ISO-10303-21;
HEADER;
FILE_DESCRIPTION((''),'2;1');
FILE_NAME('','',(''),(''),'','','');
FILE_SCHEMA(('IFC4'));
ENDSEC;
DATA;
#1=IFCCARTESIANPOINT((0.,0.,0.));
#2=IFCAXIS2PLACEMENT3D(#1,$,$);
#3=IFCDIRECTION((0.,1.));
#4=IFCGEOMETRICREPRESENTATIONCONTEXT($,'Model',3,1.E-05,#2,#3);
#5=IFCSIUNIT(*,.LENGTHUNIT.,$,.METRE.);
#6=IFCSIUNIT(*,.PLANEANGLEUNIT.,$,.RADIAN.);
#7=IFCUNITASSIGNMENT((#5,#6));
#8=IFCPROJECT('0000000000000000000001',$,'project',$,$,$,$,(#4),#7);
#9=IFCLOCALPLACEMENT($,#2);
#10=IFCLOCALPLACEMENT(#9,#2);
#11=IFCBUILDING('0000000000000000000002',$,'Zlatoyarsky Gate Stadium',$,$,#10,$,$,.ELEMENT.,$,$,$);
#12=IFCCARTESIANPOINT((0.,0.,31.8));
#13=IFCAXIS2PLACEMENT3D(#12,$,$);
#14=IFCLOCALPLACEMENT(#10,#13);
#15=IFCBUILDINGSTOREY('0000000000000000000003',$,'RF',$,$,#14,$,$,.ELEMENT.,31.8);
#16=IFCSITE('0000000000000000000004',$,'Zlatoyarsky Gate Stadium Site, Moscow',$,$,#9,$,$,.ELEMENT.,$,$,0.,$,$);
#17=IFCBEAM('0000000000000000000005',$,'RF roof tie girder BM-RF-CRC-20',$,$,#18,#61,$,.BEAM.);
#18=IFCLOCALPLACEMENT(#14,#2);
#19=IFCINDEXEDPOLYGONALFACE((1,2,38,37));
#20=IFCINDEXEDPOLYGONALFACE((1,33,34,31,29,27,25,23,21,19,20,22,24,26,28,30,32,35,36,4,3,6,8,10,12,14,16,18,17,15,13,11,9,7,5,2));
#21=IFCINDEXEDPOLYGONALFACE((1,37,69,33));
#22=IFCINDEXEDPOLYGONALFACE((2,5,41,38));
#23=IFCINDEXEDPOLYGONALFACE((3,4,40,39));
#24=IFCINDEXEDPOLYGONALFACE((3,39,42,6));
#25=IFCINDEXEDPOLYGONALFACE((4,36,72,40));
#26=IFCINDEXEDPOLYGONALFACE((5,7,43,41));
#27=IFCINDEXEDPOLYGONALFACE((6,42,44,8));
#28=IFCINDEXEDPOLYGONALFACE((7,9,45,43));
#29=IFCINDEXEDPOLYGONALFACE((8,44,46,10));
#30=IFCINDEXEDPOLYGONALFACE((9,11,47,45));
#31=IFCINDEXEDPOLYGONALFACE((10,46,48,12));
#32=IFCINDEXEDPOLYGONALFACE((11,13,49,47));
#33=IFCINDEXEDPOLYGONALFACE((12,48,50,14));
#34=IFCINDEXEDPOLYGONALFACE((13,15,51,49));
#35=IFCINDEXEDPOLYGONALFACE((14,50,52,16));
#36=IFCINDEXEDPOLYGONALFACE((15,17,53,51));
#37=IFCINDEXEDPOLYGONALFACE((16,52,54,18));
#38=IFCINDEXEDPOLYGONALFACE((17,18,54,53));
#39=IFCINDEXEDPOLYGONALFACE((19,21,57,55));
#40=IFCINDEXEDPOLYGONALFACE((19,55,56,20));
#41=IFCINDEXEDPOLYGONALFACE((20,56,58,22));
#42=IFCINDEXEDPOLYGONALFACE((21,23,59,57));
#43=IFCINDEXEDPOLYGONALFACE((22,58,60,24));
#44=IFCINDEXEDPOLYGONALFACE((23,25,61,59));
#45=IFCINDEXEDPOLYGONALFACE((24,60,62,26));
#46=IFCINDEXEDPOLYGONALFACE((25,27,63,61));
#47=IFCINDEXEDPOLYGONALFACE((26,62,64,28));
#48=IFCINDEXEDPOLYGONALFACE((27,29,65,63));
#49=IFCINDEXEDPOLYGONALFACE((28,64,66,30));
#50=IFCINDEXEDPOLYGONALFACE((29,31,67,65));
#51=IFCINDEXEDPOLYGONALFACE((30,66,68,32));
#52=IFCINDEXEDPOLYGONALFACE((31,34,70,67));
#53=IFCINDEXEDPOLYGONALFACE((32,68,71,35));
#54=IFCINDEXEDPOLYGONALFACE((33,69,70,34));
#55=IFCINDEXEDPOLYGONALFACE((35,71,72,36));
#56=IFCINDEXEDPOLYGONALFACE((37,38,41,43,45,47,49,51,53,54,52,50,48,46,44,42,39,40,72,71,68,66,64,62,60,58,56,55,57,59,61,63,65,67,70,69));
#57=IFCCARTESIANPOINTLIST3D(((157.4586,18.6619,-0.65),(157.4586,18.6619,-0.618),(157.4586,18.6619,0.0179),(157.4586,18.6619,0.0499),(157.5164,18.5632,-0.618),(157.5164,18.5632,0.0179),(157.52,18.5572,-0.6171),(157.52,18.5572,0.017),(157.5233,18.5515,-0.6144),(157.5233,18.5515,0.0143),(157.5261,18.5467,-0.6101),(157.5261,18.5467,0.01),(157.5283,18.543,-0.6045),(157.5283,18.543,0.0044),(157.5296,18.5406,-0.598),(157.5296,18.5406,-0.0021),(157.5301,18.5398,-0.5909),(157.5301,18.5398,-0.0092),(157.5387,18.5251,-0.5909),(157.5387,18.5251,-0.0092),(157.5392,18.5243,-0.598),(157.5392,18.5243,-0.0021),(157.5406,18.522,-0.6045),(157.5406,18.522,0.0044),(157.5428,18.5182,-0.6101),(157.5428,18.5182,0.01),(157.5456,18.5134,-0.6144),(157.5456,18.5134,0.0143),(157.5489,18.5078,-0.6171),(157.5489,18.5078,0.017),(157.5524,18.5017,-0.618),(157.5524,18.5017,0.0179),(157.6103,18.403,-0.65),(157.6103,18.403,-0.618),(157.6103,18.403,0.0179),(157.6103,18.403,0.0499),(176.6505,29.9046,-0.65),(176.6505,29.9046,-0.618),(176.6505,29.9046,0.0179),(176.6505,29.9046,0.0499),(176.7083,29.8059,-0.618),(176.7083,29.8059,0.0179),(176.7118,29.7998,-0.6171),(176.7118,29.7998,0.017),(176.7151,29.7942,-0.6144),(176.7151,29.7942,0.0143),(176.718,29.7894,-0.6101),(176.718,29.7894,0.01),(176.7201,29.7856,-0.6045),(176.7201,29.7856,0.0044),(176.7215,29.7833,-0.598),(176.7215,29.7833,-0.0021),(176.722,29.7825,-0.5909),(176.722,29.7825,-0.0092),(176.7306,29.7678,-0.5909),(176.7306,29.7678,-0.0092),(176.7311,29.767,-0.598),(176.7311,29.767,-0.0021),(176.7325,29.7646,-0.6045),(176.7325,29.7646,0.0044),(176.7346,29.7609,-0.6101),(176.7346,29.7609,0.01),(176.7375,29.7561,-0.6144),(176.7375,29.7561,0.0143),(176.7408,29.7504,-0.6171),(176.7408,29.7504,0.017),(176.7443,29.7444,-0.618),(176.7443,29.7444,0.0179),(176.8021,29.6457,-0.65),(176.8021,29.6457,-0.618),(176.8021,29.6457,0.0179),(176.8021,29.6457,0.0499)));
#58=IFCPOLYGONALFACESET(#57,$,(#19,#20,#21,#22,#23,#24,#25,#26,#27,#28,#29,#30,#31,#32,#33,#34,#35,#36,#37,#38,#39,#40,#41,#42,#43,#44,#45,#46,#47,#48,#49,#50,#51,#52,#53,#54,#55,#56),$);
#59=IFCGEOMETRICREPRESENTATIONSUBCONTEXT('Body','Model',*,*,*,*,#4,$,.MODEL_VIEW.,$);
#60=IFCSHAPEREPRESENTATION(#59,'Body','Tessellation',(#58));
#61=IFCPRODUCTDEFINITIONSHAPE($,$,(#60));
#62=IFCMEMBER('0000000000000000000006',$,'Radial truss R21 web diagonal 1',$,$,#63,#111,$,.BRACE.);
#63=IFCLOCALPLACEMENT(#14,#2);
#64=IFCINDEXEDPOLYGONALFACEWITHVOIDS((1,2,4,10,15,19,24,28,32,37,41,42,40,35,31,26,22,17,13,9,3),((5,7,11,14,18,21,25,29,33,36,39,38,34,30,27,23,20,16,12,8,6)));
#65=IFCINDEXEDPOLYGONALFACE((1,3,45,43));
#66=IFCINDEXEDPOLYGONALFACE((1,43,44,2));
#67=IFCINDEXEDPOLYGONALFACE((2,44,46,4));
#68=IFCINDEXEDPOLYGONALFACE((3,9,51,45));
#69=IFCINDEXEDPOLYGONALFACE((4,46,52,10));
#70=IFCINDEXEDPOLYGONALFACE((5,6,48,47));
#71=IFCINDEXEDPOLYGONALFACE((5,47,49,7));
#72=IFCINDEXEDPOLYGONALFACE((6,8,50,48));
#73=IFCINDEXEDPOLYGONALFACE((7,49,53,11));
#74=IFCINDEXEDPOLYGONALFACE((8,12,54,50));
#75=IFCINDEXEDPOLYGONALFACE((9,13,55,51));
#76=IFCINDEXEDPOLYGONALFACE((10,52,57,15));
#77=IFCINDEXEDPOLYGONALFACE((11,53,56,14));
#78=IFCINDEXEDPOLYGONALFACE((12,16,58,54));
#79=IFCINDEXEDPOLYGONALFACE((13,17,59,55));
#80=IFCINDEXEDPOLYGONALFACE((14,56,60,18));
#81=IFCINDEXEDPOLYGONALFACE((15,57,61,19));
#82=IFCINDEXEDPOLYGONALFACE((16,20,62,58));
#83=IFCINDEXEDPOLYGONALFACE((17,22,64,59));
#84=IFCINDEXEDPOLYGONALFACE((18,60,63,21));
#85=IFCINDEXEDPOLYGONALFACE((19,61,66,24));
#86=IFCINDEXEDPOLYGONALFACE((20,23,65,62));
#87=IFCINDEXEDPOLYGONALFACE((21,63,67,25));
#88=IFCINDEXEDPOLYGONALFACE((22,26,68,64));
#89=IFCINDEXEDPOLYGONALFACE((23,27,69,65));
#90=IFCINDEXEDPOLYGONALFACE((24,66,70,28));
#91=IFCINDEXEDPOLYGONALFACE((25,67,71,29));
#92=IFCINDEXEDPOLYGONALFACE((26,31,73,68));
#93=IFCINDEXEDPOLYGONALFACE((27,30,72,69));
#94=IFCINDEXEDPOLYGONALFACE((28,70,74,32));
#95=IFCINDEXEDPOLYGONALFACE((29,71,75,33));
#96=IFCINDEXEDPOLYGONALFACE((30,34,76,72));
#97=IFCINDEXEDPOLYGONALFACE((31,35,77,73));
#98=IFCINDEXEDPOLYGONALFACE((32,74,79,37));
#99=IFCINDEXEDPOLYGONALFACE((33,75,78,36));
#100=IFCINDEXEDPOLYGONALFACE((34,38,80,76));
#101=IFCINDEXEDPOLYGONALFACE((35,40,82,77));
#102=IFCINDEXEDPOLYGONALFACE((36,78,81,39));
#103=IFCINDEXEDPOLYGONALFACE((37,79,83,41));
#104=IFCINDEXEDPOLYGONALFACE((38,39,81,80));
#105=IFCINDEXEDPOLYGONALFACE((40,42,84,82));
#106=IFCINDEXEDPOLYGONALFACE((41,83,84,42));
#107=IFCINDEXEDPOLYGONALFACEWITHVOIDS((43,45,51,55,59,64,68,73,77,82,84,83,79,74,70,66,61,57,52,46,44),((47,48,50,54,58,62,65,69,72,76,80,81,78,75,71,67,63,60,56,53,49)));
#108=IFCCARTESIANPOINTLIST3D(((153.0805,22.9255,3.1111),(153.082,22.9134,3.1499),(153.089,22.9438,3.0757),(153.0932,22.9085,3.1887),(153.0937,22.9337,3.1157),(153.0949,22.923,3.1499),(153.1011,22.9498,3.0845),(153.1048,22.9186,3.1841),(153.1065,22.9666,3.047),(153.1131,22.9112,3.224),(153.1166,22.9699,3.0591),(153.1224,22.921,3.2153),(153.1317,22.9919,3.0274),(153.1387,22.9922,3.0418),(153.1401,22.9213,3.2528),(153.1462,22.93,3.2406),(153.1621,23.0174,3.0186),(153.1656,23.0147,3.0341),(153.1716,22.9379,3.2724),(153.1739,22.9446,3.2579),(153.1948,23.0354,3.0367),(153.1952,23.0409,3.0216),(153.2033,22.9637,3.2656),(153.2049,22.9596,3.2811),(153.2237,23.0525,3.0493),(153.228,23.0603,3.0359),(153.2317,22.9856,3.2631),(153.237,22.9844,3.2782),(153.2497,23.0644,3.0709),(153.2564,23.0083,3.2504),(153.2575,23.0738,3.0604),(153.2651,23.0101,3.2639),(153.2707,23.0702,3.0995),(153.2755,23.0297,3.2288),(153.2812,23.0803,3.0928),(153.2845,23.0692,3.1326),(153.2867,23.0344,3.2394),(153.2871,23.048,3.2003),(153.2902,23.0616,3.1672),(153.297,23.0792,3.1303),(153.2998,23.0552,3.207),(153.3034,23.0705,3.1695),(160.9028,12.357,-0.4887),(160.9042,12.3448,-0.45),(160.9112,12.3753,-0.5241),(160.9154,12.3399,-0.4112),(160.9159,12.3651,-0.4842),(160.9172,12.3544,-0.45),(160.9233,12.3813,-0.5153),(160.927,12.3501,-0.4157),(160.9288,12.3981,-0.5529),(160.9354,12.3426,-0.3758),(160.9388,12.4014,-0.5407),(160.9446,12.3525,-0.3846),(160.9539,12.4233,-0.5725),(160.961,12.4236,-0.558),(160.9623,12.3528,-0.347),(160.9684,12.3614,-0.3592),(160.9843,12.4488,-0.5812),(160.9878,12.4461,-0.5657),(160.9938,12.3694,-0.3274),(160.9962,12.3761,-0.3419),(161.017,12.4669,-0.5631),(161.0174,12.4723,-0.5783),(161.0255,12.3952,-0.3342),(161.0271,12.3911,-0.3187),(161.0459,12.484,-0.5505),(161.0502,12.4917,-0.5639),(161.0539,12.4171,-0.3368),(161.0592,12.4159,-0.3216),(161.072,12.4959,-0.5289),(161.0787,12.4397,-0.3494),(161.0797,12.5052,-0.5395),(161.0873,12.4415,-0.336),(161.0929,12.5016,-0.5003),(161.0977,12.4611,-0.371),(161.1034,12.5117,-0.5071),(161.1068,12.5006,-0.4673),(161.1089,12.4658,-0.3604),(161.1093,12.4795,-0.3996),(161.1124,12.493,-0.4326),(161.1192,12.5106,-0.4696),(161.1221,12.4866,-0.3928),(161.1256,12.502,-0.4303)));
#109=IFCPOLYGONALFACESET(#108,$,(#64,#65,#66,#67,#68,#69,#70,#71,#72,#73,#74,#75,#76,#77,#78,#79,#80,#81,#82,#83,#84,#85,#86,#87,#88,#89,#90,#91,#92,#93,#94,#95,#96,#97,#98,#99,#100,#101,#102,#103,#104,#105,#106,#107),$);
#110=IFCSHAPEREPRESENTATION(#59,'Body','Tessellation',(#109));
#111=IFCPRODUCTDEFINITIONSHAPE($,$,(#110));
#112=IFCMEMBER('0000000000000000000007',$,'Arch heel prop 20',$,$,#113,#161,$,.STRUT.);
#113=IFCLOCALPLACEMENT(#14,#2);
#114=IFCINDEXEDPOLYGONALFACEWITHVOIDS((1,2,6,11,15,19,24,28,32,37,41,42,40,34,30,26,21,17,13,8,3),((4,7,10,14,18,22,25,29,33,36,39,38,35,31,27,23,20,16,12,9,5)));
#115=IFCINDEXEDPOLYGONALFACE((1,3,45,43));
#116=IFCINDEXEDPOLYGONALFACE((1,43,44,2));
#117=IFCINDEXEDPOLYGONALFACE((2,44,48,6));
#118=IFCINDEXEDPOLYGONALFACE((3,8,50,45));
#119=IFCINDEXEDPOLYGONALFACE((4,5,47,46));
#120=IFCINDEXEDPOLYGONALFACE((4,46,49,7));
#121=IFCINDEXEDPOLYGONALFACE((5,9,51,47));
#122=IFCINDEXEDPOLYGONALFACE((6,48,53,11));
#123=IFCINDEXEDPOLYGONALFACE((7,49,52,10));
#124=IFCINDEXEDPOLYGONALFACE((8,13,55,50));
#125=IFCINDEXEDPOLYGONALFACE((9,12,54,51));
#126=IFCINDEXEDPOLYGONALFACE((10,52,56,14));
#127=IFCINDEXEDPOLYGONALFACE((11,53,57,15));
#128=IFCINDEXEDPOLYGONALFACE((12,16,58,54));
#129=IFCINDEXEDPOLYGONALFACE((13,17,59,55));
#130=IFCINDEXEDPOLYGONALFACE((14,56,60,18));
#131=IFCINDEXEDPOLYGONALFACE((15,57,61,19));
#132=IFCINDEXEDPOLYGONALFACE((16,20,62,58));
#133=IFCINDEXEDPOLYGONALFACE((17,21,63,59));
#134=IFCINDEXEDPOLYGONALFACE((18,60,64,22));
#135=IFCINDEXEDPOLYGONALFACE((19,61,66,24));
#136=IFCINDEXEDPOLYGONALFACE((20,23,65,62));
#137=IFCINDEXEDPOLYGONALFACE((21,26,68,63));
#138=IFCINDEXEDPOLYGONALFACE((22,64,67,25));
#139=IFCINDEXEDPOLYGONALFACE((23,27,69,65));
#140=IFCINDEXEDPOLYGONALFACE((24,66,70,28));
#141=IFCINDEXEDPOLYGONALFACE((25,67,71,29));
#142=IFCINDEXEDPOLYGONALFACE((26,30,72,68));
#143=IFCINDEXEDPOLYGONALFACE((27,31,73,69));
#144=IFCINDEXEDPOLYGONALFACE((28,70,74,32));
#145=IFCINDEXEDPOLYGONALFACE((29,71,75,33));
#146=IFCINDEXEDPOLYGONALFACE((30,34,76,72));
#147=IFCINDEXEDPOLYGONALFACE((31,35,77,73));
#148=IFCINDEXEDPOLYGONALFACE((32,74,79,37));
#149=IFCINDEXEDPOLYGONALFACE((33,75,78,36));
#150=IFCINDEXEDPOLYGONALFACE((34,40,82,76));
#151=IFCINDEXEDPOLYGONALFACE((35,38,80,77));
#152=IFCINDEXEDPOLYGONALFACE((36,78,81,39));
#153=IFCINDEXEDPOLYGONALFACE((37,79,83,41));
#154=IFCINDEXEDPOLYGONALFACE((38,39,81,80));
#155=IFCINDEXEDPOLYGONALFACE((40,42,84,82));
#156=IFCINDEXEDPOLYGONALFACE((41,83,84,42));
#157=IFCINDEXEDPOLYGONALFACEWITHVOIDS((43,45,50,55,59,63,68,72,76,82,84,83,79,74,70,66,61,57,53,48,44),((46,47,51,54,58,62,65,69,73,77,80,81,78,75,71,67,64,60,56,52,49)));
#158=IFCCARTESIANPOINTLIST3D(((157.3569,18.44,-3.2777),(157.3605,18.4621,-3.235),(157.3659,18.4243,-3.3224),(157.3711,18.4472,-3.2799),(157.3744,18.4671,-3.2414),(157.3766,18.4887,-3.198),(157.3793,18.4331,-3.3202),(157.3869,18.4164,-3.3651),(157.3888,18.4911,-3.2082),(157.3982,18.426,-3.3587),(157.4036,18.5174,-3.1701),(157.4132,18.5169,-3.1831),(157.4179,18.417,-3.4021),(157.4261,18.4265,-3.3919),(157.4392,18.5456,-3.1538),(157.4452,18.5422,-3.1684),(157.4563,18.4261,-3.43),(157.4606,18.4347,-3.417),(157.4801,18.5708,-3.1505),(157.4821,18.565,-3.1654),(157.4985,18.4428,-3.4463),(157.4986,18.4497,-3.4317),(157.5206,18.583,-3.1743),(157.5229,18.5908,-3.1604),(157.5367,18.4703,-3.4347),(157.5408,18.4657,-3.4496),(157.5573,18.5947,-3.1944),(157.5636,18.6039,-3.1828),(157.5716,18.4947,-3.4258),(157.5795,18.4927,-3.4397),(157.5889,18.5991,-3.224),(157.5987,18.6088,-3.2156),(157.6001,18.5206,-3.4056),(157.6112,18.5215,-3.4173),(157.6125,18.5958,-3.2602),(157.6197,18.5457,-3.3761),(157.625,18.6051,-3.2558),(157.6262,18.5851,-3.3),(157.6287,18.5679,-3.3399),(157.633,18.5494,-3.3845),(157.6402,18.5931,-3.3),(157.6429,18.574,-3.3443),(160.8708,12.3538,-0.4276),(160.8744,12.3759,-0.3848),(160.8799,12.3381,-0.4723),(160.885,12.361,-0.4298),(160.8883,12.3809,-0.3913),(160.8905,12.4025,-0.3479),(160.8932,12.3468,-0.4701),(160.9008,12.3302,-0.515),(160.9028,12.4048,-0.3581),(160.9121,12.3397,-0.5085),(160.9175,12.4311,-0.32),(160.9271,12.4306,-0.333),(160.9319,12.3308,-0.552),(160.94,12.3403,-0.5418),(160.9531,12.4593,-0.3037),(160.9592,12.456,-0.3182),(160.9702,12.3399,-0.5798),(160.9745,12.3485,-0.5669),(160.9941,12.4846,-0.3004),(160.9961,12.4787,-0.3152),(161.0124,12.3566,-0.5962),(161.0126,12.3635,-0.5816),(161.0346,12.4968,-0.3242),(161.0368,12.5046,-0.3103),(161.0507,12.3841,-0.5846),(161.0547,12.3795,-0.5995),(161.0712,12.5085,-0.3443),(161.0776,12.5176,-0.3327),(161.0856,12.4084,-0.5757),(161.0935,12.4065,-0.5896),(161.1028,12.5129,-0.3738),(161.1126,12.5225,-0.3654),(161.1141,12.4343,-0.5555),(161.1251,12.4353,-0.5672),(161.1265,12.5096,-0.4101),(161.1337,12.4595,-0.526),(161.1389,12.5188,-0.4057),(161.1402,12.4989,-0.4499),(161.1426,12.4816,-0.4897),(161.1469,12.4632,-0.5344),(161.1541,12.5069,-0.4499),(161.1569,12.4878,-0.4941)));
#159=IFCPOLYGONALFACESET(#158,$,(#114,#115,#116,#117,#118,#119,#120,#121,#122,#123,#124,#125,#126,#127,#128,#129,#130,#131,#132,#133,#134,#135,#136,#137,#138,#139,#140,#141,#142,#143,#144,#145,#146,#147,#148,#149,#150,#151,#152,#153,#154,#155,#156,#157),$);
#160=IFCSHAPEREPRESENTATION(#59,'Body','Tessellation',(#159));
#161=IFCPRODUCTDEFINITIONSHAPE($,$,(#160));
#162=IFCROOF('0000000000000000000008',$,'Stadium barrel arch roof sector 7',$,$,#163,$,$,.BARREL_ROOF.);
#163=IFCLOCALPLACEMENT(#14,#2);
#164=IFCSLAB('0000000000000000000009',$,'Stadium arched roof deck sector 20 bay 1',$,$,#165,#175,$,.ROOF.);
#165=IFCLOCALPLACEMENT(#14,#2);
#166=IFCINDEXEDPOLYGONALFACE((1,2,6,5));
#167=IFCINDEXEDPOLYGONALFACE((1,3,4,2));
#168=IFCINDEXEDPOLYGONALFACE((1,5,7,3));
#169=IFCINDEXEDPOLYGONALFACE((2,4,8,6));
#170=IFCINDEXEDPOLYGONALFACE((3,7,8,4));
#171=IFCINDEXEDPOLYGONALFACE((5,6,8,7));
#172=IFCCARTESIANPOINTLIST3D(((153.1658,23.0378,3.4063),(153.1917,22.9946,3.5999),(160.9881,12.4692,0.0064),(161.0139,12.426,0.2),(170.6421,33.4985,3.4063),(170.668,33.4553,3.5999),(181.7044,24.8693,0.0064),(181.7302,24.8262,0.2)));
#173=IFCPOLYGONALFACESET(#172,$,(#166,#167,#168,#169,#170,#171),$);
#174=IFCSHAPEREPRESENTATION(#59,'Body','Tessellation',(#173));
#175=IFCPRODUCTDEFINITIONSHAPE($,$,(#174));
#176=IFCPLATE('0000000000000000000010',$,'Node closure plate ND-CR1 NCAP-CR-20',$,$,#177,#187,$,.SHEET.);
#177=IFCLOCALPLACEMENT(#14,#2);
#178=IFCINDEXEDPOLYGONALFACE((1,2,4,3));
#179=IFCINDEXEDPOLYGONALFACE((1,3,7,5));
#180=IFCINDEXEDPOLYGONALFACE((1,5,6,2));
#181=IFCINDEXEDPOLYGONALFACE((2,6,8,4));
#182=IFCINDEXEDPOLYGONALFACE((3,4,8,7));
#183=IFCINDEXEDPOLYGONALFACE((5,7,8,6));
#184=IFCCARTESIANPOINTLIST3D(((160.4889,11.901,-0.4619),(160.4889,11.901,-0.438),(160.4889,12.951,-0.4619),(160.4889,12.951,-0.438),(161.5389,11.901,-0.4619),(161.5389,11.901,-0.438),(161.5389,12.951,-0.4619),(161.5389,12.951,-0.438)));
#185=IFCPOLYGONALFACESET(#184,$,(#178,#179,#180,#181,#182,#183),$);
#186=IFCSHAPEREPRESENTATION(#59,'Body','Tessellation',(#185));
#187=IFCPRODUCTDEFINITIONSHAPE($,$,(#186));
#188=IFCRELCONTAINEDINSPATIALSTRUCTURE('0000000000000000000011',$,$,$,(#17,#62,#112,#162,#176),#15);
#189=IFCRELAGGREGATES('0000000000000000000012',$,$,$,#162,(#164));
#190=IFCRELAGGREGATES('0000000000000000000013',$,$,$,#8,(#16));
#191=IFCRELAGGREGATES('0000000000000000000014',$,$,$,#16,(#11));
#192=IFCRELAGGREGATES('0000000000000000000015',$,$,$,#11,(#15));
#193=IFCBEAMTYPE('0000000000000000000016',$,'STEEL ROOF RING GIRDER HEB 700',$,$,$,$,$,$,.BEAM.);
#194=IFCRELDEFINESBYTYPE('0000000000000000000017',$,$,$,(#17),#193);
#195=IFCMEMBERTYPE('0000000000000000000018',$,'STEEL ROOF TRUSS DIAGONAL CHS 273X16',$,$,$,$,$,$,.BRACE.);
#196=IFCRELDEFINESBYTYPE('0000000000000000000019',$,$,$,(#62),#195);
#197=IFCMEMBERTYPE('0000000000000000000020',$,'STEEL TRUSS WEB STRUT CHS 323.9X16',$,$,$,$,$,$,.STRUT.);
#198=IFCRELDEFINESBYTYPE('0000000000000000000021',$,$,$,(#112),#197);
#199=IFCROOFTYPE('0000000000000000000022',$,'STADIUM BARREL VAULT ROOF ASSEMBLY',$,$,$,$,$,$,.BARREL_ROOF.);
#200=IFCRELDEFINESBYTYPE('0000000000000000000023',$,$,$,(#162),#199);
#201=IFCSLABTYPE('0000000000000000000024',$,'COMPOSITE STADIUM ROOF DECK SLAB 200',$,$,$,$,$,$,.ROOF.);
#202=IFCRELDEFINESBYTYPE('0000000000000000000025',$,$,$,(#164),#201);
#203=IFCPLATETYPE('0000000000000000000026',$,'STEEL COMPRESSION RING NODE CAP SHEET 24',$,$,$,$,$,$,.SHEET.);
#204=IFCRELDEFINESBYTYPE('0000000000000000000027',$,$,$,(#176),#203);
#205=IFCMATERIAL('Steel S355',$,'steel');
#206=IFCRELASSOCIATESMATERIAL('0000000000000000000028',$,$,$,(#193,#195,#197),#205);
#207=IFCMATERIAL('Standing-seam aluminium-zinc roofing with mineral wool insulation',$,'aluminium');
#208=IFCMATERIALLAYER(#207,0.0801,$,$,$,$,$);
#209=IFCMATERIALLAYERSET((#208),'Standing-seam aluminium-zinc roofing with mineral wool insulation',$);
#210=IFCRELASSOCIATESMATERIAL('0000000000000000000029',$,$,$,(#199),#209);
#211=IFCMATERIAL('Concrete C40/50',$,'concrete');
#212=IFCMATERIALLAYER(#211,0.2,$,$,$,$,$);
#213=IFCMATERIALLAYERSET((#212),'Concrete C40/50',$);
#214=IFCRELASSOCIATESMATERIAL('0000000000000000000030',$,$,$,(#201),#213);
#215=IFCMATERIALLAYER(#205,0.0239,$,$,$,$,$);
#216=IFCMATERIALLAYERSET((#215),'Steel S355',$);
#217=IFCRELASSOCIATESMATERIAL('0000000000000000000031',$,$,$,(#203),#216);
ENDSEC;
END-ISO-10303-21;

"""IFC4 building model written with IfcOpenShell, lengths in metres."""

from ifc_helpers import new_model, si_unit, direction, frame, origin, origin_2d, place, context, subcontext, project, spatial, polyline, rectangle, hollow_circle, i_section, outline, extrude, material, layer, layer_set, material_profile, profile_set, type_object, element, aggregate, save


model = new_model("IFC4")

# Units and contexts
model_context = context("Model", 3, precision=1e-05, world=origin(), true_north=direction((0.0, 1.0)))
body_context = subcontext(model_context, "Body", "Model", "MODEL_VIEW")
ifc_project = project(units=[si_unit("LENGTHUNIT", "METRE"), si_unit("PLANEANGLEUNIT", "RADIAN")], contexts=[model_context])

# Site, building, storey
site_placement = place(None, origin())
site = spatial("IfcSite", under=ifc_project, at=site_placement, Name="Zlatoyarsky Gate Stadium Site, Moscow", CompositionType="ELEMENT", RefElevation=0.0)
building_placement = place(site_placement, origin())
building = spatial("IfcBuilding", under=site, at=building_placement, Name="Zlatoyarsky Gate Stadium", CompositionType="ELEMENT")
storey_placement = place(building_placement, frame((0.0, 0.0, 31.8)))
storey = spatial("IfcBuildingStorey", under=building, at=storey_placement, Name="RF", CompositionType="ELEMENT", Elevation=31.8)

# Shared definitions
ifc_material_1 = material(Name="Steel S355", Category="steel")

# Beam
ifc_material_profile_1 = material_profile(ifc_material_1, i_section(OverallWidth=0.3, OverallDepth=0.7, WebThickness=0.0171, FlangeThickness=0.032, FilletRadius=0.0271, at=origin_2d()), Name="HEB 700")
ifc_profile_set_1 = profile_set([ifc_material_profile_1], Name="Steel S355")
beam_type_1 = type_object("IfcBeamType", Name="STEEL ROOF RING GIRDER HEB 700", PredefinedType="BEAM", material=ifc_profile_set_1)
beam_1_placement = place(storey_placement, frame((157.5344, 18.5325, -0.3), z_axis=(0.86285, 0.50546, 0.0), x_axis=(-0.50546, 0.86285, 0.0)))
element("IfcBeam", 1, at=beam_1_placement, inside=storey, type_object=beam_type_1, Name="RF roof tie girder BM-RF-CRC-20", PredefinedType="BEAM", context=body_context, shape_type="SweptSolid", body=[
    extrude(i_section(OverallWidth=0.3, OverallDepth=0.7, WebThickness=0.0171, FlangeThickness=0.032, FilletRadius=0.0271, at=origin_2d()), origin(), (0.0, 0.0, 1.0), 22.2424),
])

# Members
ifc_material_profile_2 = material_profile(ifc_material_1, hollow_circle(Radius=0.1365, WallThickness=0.0161, at=origin_2d()), Name="CHS 273X16")
ifc_profile_set_2 = profile_set([ifc_material_profile_2], Name="Steel S355")
member_type_1 = type_object("IfcMemberType", Name="STEEL ROOF TRUSS DIAGONAL CHS 273X16", PredefinedType="BRACE", material=ifc_profile_set_2)
member_1_placement = place(storey_placement, frame((161.0139, 12.426, -0.45), z_axis=(-0.5738, 0.775257, 0.264066), x_axis=(-0.803787, -0.594917, 0.0)))
element("IfcMember", 2, at=member_1_placement, inside=storey, type_object=member_type_1, Name="Radial truss R21 web diagonal 1", PredefinedType="BRACE", context=body_context, shape_type="SweptSolid", body=[
    extrude(hollow_circle(Radius=0.1365, WallThickness=0.0161, at=origin_2d()), origin(), (0.0, 0.0, 1.0), 13.6323),
])
ifc_material_profile_3 = material_profile(ifc_material_1, hollow_circle(Radius=0.1619, WallThickness=0.0161, at=origin_2d()), Name="CHS 323.9X16")
ifc_profile_set_3 = profile_set([ifc_material_profile_3], Name="Steel S355")
member_type_2 = type_object("IfcMemberType", Name="STEEL TRUSS WEB STRUT CHS 323.9X16", PredefinedType="STRUT", material=ifc_profile_set_3)
member_2_placement = place(storey_placement, frame((157.5, 18.5122, -3.3), z_axis=(0.463352, -0.802536, 0.37582), x_axis=(0.866022, 0.500006, 0.0)))
element("IfcMember", 3, at=member_2_placement, inside=storey, type_object=member_type_2, Name="Arch heel prop 20", PredefinedType="STRUT", context=body_context, shape_type="SweptSolid", body=[
    extrude(hollow_circle(Radius=0.1619, WallThickness=0.0161, at=origin_2d()), origin(), (0.0, 0.0, 1.0), 7.5837),
])

# Roof, slab
ifc_material_2 = material(Name="Standing-seam aluminium-zinc roofing with mineral wool insulation", Category="aluminium")
ifc_layer_1 = layer(ifc_material_2, 0.0801)
ifc_layer_set_1 = layer_set([ifc_layer_1], Name="Standing-seam aluminium-zinc roofing with mineral wool insulation")
roof_type = type_object("IfcRoofType", Name="STADIUM BARREL VAULT ROOF ASSEMBLY", PredefinedType="BARREL_ROOF", material=ifc_layer_set_1)
roof_placement = place(storey_placement, origin())
roof = element("IfcRoof", 4, at=roof_placement, inside=storey, type_object=roof_type, Name="Stadium barrel arch roof sector 7", PredefinedType="BARREL_ROOF")
ifc_material_3 = material(Name="Concrete C40/50", Category="concrete")
ifc_layer_2 = layer(ifc_material_3, 0.2)
ifc_layer_set_2 = layer_set([ifc_layer_2], Name="Concrete C40/50")
slab_type = type_object("IfcSlabType", Name="COMPOSITE STADIUM ROOF DECK SLAB 200", PredefinedType="ROOF", material=ifc_layer_set_2)
slab_placement = place(storey_placement, frame((161.0139, 12.426, 0.2), z_axis=(0.129153, -0.21577, 0.967865), x_axis=(0.858034, 0.513593, 0.0)))
slab = element("IfcSlab", 5, at=slab_placement, type_object=slab_type, Name="Stadium arched roof deck sector 20 bay 1", PredefinedType="ROOF", context=body_context, shape_type="SweptSolid", body=[
    extrude(outline(polyline([(0.0, 0.0), (24.1439, 0.0), (19.084, 13.5201), (-1.2838, 13.5201), (0.0, 0.0)])), origin(), (0.0, 0.0, -1.0), 0.2),
])

# Plate
ifc_layer_3 = layer(ifc_material_1, 0.0239)
ifc_layer_set_3 = layer_set([ifc_layer_3], Name="Steel S355")
plate_type_1 = type_object("IfcPlateType", Name="STEEL COMPRESSION RING NODE CAP SHEET 24", PredefinedType="SHEET", material=ifc_layer_set_3)
plate_1_placement = place(storey_placement, frame((161.0139, 12.426, -0.4619), z_axis=(0.0, 0.0, 1.0), x_axis=(1.0, 0.0, 0.0)))
element("IfcPlate", 6, at=plate_1_placement, inside=storey, type_object=plate_type_1, Name="Node closure plate ND-CR1 NCAP-CR-20", PredefinedType="SHEET", context=body_context, shape_type="SweptSolid", body=[
    extrude(rectangle(XDim=1.05, YDim=1.05, at=origin_2d()), origin(), (0.0, 0.0, 1.0), 0.0239),
])

aggregate(roof, [slab])

save(model, "model.ifc")
